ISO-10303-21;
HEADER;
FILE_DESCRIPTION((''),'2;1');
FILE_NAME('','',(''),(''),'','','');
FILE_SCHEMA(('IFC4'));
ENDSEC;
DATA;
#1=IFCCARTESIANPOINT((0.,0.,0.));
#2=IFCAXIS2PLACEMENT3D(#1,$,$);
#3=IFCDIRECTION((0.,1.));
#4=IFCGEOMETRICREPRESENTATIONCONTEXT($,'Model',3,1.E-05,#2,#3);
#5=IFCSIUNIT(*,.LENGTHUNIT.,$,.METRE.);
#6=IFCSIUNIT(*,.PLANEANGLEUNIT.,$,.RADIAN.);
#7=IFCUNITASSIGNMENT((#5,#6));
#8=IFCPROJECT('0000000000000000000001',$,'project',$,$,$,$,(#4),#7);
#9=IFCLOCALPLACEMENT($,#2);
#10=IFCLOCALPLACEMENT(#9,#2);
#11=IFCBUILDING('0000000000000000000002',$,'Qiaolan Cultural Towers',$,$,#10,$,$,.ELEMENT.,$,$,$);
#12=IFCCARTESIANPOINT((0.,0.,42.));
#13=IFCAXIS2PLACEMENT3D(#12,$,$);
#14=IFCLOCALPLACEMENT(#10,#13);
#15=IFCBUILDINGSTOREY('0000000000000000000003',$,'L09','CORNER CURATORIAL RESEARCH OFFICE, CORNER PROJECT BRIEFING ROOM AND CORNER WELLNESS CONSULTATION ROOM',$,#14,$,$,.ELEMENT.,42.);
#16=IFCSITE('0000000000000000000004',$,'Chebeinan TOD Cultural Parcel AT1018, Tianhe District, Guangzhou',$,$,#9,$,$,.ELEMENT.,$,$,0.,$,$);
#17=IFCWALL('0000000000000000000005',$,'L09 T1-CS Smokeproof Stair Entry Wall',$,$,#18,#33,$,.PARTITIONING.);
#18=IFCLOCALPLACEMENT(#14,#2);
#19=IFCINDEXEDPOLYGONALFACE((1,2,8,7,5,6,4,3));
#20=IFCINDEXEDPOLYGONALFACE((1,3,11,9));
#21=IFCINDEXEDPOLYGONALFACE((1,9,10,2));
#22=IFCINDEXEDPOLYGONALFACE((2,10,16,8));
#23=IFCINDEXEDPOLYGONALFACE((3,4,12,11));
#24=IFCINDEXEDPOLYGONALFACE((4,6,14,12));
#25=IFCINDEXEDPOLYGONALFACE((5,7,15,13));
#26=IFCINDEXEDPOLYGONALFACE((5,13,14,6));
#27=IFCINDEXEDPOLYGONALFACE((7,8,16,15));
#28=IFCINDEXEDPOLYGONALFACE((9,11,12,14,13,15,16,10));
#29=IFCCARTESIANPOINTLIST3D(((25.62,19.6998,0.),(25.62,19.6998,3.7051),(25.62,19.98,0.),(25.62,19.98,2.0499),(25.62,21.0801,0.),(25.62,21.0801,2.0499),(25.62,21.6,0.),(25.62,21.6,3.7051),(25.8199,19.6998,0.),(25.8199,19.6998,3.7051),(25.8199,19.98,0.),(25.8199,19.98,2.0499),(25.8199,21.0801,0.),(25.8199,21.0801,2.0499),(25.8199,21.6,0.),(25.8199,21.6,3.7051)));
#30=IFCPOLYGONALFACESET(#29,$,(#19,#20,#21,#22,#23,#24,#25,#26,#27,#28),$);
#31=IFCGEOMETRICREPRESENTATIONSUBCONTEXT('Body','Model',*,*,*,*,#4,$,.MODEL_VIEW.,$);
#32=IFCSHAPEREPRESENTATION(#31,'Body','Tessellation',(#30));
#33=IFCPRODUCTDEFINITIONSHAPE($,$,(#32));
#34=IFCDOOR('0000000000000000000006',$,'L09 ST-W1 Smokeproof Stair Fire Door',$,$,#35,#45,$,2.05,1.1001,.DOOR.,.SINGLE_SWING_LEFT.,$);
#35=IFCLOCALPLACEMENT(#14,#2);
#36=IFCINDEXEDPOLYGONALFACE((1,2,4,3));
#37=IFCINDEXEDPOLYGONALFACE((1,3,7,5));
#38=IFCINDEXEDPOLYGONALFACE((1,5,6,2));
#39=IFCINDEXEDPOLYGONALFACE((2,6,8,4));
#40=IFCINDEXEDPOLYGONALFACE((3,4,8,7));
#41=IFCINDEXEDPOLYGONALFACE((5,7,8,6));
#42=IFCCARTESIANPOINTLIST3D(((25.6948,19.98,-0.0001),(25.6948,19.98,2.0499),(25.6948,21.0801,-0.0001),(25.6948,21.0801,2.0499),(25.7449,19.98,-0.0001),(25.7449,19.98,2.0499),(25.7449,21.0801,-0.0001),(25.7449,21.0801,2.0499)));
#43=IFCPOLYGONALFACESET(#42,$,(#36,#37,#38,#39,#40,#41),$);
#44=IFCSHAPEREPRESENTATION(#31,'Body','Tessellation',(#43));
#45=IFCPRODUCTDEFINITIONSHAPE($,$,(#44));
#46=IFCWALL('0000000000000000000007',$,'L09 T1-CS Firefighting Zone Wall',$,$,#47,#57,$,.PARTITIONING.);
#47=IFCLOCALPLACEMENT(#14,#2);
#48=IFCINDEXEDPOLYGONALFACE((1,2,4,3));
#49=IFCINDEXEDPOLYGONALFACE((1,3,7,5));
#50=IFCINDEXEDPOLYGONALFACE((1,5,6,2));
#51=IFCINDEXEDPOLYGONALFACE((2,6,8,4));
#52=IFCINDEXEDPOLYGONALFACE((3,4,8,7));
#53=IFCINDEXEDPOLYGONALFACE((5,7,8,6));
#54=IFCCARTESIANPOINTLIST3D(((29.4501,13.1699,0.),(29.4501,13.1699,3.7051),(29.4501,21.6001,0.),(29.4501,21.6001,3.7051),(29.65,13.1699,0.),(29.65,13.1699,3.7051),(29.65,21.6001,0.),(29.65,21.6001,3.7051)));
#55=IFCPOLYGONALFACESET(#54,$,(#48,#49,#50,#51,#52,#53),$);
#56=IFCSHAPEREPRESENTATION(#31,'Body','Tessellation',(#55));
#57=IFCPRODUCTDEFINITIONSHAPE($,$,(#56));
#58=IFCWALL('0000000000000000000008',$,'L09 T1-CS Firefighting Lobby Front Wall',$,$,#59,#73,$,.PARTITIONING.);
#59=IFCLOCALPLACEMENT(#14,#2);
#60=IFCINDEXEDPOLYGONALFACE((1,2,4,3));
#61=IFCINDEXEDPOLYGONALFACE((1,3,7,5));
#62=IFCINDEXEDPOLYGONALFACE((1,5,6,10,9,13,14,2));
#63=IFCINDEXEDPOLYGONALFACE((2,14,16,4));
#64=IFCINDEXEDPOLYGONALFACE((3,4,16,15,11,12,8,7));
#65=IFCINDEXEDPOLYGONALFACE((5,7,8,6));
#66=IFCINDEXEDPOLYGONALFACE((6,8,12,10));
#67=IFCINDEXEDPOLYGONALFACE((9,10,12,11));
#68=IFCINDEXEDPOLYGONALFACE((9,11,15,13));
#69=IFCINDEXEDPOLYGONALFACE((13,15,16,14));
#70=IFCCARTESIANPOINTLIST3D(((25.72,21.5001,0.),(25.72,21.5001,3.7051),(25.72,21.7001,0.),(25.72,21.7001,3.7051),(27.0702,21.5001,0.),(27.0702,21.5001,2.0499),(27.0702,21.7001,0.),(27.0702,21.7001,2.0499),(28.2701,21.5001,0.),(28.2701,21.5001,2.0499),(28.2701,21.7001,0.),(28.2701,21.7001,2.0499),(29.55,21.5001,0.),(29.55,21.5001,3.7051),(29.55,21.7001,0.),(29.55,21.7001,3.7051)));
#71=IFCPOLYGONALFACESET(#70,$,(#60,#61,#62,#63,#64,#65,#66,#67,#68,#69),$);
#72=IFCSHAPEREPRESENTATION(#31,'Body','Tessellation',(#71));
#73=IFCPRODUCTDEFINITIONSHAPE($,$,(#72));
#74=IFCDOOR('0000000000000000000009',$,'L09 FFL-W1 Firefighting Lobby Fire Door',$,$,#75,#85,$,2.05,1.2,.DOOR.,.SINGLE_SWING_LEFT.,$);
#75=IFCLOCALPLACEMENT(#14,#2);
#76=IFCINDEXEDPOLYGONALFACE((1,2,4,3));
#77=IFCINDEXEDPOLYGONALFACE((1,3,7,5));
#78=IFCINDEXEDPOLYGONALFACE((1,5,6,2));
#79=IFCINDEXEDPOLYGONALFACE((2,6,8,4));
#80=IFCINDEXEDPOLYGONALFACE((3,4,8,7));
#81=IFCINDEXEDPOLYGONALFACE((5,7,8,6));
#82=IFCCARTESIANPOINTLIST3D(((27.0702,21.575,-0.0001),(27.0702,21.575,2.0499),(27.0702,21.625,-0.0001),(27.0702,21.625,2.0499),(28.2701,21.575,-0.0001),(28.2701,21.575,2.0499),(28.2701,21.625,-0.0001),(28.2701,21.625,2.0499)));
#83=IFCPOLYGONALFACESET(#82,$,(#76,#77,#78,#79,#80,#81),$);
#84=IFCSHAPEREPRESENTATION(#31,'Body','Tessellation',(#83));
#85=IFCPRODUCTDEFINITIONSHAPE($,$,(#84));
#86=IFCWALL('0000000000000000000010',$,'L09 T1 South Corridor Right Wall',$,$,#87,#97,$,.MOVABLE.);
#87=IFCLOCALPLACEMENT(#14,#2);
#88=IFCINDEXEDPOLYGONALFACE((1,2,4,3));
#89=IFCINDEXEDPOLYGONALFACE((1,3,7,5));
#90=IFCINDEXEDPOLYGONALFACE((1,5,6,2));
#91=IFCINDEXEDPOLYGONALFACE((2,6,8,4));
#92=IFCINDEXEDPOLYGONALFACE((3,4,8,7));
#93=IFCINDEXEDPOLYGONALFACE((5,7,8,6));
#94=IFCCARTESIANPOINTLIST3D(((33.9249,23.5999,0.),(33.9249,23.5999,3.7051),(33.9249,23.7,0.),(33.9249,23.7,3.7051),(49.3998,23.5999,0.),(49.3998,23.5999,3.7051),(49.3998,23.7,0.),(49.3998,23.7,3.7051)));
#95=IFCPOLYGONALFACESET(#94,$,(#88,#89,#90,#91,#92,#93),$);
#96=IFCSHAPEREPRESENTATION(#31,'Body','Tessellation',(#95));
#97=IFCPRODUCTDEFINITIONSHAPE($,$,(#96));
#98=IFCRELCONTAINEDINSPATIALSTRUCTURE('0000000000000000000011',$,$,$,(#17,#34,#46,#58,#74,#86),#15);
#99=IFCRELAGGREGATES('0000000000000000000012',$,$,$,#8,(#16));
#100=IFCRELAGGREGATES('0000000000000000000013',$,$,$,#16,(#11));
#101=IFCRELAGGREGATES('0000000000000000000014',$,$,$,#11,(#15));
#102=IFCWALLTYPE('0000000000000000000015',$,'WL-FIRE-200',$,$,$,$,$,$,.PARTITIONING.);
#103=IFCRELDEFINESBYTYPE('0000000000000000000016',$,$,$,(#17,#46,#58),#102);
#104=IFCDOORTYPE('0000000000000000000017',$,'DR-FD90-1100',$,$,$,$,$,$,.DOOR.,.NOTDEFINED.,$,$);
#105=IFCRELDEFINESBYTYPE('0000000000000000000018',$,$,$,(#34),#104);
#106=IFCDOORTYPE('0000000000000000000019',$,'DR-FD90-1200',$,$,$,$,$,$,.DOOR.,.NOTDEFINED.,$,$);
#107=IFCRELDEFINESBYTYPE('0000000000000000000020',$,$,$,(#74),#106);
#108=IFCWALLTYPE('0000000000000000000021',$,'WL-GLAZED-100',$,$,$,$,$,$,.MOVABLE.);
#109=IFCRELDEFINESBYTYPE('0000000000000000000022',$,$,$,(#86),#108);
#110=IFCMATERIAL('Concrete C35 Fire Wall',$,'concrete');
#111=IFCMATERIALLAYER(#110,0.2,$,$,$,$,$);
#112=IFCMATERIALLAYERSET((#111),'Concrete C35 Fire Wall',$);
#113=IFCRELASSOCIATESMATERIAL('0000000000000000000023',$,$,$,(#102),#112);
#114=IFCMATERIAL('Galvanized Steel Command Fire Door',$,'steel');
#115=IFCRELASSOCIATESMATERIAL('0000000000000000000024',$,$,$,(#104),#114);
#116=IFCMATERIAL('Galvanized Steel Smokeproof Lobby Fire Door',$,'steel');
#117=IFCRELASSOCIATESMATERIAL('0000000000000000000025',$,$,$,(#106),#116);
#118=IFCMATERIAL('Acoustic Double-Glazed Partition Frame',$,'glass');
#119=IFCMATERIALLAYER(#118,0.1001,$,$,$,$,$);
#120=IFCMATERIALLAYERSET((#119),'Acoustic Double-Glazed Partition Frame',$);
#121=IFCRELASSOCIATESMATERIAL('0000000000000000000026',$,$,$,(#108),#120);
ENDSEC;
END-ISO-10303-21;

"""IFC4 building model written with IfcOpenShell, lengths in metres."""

from ifc_helpers import new_model, si_unit, direction, frame, frame_2d, origin, place, context, subcontext, project, spatial, rectangle, extrude, material, layer, layer_set, type_object, element, fill, save


model = new_model("IFC4")

# Units and contexts
model_context = context("Model", 3, precision=1e-05, world=origin(), true_north=direction((0.0, 1.0)))
body_context = subcontext(model_context, "Body", "Model", "MODEL_VIEW")
ifc_project = project(units=[si_unit("LENGTHUNIT", "METRE"), si_unit("PLANEANGLEUNIT", "RADIAN")], contexts=[model_context])

# Site, building, storey
site_placement = place(None, origin())
site = spatial("IfcSite", under=ifc_project, at=site_placement, Name="Chebeinan TOD Cultural Parcel AT1018, Tianhe District, Guangzhou", CompositionType="ELEMENT", RefElevation=0.0)
building_placement = place(site_placement, origin())
building = spatial("IfcBuilding", under=site, at=building_placement, Name="Qiaolan Cultural Towers", CompositionType="ELEMENT")
storey_placement = place(building_placement, frame((0.0, 0.0, 42.0)))
storey = spatial("IfcBuildingStorey", under=building, at=storey_placement, Name="L09", Description="CORNER CURATORIAL RESEARCH OFFICE, CORNER PROJECT BRIEFING ROOM AND CORNER WELLNESS CONSULTATION ROOM", CompositionType="ELEMENT", Elevation=42.0)

# Wall, opening, door
ifc_material_1 = material(Name="Concrete C35 Fire Wall", Category="concrete")
ifc_layer_1 = layer(ifc_material_1, 0.2)
ifc_layer_set_1 = layer_set([ifc_layer_1], Name="Concrete C35 Fire Wall")
wall_type_1 = type_object("IfcWallType", Name="WL-FIRE-200", PredefinedType="PARTITIONING", material=ifc_layer_set_1)
wall_1_placement = place(storey_placement, frame((25.72, 21.6001, 0.0), z_axis=(0.0, 0.0, 1.0), x_axis=(0.0, -1.0, 0.0)))
wall_1 = element("IfcWall", 1, at=wall_1_placement, inside=storey, type_object=wall_type_1, Name="L09 T1-CS Smokeproof Stair Entry Wall", PredefinedType="PARTITIONING", context=body_context, shape_type="SweptSolid", body=[
    extrude(rectangle(XDim=1.9001, YDim=0.2, at=frame_2d((0.9502, 0.0))), origin(), (0.0, 0.0, 1.0), 3.7051),
])
opening_1_placement = place(wall_1_placement, frame((0.52, 0.0, 0.0)))
opening_1 = element("IfcOpeningElement", 2, at=opening_1_placement, cuts=wall_1, PredefinedType="OPENING", context=body_context, shape_type="SweptSolid", body=[
    extrude(rectangle(XDim=1.1001, YDim=2.05, at=frame_2d((0.55, 1.0249))), frame((0.0, 0.1099, 0.0), z_axis=(0.0, -1.0, 0.0), x_axis=(1.0, 0.0, 0.0)), (0.0, 0.0, 1.0), 0.22),
])
ifc_material_2 = material(Name="Galvanized Steel Command Fire Door", Category="steel")
door_type_1 = type_object("IfcDoorType", Name="DR-FD90-1100", OperationType="NOTDEFINED", PredefinedType="DOOR", material=ifc_material_2)
door_1_placement = place(opening_1_placement, origin())
door_1 = element("IfcDoor", 3, at=door_1_placement, inside=storey, type_object=door_type_1, Name="L09 ST-W1 Smokeproof Stair Fire Door", OperationType="SINGLE_SWING_LEFT", OverallHeight=2.05, OverallWidth=1.1001, PredefinedType="DOOR", context=body_context, shape_type="SweptSolid", body=[
    extrude(rectangle(XDim=1.1001, YDim=2.05, at=frame_2d((0.55, 1.0249))), frame((0.0, 0.0249, 0.0), z_axis=(0.0, -1.0, 0.0), x_axis=(1.0, 0.0, 0.0)), (0.0, 0.0, 1.0), 0.05),
])
fill(opening_1, door_1)

# Wall
wall_2_placement = place(storey_placement, frame((29.55, 21.6001, 0.0), z_axis=(0.0, 0.0, 1.0), x_axis=(0.0, -1.0, 0.0)))
element("IfcWall", 4, at=wall_2_placement, inside=storey, type_object=wall_type_1, Name="L09 T1-CS Firefighting Zone Wall", PredefinedType="PARTITIONING", context=body_context, shape_type="SweptSolid", body=[
    extrude(rectangle(XDim=8.4302, YDim=0.2, at=frame_2d((4.2151, 0.0))), origin(), (0.0, 0.0, 1.0), 3.7051),
])

# Wall, opening, door
wall_3_placement = place(storey_placement, frame((25.72, 21.6001, 0.0), z_axis=(0.0, 0.0, 1.0), x_axis=(1.0, 0.0, 0.0)))
wall_3 = element("IfcWall", 5, at=wall_3_placement, inside=storey, type_object=wall_type_1, Name="L09 T1-CS Firefighting Lobby Front Wall", PredefinedType="PARTITIONING", context=body_context, shape_type="SweptSolid", body=[
    extrude(rectangle(XDim=3.8301, YDim=0.2, at=frame_2d((1.915, 0.0))), origin(), (0.0, 0.0, 1.0), 3.7051),
])
opening_2_placement = place(wall_3_placement, frame((1.3501, 0.0, 0.0)))
opening_2 = element("IfcOpeningElement", 6, at=opening_2_placement, cuts=wall_3, PredefinedType="OPENING", context=body_context, shape_type="SweptSolid", body=[
    extrude(rectangle(XDim=1.2, YDim=2.05, at=frame_2d((0.6001, 1.0249))), frame((0.0, 0.1099, 0.0), z_axis=(0.0, -1.0, 0.0), x_axis=(1.0, 0.0, 0.0)), (0.0, 0.0, 1.0), 0.22),
])
ifc_material_3 = material(Name="Galvanized Steel Smokeproof Lobby Fire Door", Category="steel")
door_type_2 = type_object("IfcDoorType", Name="DR-FD90-1200", OperationType="NOTDEFINED", PredefinedType="DOOR", material=ifc_material_3)
door_2_placement = place(opening_2_placement, origin())
door_2 = element("IfcDoor", 7, at=door_2_placement, inside=storey, type_object=door_type_2, Name="L09 FFL-W1 Firefighting Lobby Fire Door", OperationType="SINGLE_SWING_LEFT", OverallHeight=2.05, OverallWidth=1.2, PredefinedType="DOOR", context=body_context, shape_type="SweptSolid", body=[
    extrude(rectangle(XDim=1.2, YDim=2.05, at=frame_2d((0.6001, 1.0249))), frame((0.0, 0.0249, 0.0), z_axis=(0.0, -1.0, 0.0), x_axis=(1.0, 0.0, 0.0)), (0.0, 0.0, 1.0), 0.05),
])
fill(opening_2, door_2)

# Wall
ifc_material_4 = material(Name="Acoustic Double-Glazed Partition Frame", Category="glass")
ifc_layer_2 = layer(ifc_material_4, 0.1001)
ifc_layer_set_2 = layer_set([ifc_layer_2], Name="Acoustic Double-Glazed Partition Frame")
wall_type_2 = type_object("IfcWallType", Name="WL-GLAZED-100", PredefinedType="MOVABLE", material=ifc_layer_set_2)
wall_4_placement = place(storey_placement, frame((33.925, 23.6499, 0.0), z_axis=(0.0, 0.0, 1.0), x_axis=(1.0, 0.0, 0.0)))
element("IfcWall", 8, at=wall_4_placement, inside=storey, type_object=wall_type_2, Name="L09 T1 South Corridor Right Wall", PredefinedType="MOVABLE", context=body_context, shape_type="SweptSolid", body=[
    extrude(rectangle(XDim=15.4749, YDim=0.1001, at=frame_2d((7.7373, 0.0))), origin(), (0.0, 0.0, 1.0), 3.7051),
])

save(model, "model.ifc")
